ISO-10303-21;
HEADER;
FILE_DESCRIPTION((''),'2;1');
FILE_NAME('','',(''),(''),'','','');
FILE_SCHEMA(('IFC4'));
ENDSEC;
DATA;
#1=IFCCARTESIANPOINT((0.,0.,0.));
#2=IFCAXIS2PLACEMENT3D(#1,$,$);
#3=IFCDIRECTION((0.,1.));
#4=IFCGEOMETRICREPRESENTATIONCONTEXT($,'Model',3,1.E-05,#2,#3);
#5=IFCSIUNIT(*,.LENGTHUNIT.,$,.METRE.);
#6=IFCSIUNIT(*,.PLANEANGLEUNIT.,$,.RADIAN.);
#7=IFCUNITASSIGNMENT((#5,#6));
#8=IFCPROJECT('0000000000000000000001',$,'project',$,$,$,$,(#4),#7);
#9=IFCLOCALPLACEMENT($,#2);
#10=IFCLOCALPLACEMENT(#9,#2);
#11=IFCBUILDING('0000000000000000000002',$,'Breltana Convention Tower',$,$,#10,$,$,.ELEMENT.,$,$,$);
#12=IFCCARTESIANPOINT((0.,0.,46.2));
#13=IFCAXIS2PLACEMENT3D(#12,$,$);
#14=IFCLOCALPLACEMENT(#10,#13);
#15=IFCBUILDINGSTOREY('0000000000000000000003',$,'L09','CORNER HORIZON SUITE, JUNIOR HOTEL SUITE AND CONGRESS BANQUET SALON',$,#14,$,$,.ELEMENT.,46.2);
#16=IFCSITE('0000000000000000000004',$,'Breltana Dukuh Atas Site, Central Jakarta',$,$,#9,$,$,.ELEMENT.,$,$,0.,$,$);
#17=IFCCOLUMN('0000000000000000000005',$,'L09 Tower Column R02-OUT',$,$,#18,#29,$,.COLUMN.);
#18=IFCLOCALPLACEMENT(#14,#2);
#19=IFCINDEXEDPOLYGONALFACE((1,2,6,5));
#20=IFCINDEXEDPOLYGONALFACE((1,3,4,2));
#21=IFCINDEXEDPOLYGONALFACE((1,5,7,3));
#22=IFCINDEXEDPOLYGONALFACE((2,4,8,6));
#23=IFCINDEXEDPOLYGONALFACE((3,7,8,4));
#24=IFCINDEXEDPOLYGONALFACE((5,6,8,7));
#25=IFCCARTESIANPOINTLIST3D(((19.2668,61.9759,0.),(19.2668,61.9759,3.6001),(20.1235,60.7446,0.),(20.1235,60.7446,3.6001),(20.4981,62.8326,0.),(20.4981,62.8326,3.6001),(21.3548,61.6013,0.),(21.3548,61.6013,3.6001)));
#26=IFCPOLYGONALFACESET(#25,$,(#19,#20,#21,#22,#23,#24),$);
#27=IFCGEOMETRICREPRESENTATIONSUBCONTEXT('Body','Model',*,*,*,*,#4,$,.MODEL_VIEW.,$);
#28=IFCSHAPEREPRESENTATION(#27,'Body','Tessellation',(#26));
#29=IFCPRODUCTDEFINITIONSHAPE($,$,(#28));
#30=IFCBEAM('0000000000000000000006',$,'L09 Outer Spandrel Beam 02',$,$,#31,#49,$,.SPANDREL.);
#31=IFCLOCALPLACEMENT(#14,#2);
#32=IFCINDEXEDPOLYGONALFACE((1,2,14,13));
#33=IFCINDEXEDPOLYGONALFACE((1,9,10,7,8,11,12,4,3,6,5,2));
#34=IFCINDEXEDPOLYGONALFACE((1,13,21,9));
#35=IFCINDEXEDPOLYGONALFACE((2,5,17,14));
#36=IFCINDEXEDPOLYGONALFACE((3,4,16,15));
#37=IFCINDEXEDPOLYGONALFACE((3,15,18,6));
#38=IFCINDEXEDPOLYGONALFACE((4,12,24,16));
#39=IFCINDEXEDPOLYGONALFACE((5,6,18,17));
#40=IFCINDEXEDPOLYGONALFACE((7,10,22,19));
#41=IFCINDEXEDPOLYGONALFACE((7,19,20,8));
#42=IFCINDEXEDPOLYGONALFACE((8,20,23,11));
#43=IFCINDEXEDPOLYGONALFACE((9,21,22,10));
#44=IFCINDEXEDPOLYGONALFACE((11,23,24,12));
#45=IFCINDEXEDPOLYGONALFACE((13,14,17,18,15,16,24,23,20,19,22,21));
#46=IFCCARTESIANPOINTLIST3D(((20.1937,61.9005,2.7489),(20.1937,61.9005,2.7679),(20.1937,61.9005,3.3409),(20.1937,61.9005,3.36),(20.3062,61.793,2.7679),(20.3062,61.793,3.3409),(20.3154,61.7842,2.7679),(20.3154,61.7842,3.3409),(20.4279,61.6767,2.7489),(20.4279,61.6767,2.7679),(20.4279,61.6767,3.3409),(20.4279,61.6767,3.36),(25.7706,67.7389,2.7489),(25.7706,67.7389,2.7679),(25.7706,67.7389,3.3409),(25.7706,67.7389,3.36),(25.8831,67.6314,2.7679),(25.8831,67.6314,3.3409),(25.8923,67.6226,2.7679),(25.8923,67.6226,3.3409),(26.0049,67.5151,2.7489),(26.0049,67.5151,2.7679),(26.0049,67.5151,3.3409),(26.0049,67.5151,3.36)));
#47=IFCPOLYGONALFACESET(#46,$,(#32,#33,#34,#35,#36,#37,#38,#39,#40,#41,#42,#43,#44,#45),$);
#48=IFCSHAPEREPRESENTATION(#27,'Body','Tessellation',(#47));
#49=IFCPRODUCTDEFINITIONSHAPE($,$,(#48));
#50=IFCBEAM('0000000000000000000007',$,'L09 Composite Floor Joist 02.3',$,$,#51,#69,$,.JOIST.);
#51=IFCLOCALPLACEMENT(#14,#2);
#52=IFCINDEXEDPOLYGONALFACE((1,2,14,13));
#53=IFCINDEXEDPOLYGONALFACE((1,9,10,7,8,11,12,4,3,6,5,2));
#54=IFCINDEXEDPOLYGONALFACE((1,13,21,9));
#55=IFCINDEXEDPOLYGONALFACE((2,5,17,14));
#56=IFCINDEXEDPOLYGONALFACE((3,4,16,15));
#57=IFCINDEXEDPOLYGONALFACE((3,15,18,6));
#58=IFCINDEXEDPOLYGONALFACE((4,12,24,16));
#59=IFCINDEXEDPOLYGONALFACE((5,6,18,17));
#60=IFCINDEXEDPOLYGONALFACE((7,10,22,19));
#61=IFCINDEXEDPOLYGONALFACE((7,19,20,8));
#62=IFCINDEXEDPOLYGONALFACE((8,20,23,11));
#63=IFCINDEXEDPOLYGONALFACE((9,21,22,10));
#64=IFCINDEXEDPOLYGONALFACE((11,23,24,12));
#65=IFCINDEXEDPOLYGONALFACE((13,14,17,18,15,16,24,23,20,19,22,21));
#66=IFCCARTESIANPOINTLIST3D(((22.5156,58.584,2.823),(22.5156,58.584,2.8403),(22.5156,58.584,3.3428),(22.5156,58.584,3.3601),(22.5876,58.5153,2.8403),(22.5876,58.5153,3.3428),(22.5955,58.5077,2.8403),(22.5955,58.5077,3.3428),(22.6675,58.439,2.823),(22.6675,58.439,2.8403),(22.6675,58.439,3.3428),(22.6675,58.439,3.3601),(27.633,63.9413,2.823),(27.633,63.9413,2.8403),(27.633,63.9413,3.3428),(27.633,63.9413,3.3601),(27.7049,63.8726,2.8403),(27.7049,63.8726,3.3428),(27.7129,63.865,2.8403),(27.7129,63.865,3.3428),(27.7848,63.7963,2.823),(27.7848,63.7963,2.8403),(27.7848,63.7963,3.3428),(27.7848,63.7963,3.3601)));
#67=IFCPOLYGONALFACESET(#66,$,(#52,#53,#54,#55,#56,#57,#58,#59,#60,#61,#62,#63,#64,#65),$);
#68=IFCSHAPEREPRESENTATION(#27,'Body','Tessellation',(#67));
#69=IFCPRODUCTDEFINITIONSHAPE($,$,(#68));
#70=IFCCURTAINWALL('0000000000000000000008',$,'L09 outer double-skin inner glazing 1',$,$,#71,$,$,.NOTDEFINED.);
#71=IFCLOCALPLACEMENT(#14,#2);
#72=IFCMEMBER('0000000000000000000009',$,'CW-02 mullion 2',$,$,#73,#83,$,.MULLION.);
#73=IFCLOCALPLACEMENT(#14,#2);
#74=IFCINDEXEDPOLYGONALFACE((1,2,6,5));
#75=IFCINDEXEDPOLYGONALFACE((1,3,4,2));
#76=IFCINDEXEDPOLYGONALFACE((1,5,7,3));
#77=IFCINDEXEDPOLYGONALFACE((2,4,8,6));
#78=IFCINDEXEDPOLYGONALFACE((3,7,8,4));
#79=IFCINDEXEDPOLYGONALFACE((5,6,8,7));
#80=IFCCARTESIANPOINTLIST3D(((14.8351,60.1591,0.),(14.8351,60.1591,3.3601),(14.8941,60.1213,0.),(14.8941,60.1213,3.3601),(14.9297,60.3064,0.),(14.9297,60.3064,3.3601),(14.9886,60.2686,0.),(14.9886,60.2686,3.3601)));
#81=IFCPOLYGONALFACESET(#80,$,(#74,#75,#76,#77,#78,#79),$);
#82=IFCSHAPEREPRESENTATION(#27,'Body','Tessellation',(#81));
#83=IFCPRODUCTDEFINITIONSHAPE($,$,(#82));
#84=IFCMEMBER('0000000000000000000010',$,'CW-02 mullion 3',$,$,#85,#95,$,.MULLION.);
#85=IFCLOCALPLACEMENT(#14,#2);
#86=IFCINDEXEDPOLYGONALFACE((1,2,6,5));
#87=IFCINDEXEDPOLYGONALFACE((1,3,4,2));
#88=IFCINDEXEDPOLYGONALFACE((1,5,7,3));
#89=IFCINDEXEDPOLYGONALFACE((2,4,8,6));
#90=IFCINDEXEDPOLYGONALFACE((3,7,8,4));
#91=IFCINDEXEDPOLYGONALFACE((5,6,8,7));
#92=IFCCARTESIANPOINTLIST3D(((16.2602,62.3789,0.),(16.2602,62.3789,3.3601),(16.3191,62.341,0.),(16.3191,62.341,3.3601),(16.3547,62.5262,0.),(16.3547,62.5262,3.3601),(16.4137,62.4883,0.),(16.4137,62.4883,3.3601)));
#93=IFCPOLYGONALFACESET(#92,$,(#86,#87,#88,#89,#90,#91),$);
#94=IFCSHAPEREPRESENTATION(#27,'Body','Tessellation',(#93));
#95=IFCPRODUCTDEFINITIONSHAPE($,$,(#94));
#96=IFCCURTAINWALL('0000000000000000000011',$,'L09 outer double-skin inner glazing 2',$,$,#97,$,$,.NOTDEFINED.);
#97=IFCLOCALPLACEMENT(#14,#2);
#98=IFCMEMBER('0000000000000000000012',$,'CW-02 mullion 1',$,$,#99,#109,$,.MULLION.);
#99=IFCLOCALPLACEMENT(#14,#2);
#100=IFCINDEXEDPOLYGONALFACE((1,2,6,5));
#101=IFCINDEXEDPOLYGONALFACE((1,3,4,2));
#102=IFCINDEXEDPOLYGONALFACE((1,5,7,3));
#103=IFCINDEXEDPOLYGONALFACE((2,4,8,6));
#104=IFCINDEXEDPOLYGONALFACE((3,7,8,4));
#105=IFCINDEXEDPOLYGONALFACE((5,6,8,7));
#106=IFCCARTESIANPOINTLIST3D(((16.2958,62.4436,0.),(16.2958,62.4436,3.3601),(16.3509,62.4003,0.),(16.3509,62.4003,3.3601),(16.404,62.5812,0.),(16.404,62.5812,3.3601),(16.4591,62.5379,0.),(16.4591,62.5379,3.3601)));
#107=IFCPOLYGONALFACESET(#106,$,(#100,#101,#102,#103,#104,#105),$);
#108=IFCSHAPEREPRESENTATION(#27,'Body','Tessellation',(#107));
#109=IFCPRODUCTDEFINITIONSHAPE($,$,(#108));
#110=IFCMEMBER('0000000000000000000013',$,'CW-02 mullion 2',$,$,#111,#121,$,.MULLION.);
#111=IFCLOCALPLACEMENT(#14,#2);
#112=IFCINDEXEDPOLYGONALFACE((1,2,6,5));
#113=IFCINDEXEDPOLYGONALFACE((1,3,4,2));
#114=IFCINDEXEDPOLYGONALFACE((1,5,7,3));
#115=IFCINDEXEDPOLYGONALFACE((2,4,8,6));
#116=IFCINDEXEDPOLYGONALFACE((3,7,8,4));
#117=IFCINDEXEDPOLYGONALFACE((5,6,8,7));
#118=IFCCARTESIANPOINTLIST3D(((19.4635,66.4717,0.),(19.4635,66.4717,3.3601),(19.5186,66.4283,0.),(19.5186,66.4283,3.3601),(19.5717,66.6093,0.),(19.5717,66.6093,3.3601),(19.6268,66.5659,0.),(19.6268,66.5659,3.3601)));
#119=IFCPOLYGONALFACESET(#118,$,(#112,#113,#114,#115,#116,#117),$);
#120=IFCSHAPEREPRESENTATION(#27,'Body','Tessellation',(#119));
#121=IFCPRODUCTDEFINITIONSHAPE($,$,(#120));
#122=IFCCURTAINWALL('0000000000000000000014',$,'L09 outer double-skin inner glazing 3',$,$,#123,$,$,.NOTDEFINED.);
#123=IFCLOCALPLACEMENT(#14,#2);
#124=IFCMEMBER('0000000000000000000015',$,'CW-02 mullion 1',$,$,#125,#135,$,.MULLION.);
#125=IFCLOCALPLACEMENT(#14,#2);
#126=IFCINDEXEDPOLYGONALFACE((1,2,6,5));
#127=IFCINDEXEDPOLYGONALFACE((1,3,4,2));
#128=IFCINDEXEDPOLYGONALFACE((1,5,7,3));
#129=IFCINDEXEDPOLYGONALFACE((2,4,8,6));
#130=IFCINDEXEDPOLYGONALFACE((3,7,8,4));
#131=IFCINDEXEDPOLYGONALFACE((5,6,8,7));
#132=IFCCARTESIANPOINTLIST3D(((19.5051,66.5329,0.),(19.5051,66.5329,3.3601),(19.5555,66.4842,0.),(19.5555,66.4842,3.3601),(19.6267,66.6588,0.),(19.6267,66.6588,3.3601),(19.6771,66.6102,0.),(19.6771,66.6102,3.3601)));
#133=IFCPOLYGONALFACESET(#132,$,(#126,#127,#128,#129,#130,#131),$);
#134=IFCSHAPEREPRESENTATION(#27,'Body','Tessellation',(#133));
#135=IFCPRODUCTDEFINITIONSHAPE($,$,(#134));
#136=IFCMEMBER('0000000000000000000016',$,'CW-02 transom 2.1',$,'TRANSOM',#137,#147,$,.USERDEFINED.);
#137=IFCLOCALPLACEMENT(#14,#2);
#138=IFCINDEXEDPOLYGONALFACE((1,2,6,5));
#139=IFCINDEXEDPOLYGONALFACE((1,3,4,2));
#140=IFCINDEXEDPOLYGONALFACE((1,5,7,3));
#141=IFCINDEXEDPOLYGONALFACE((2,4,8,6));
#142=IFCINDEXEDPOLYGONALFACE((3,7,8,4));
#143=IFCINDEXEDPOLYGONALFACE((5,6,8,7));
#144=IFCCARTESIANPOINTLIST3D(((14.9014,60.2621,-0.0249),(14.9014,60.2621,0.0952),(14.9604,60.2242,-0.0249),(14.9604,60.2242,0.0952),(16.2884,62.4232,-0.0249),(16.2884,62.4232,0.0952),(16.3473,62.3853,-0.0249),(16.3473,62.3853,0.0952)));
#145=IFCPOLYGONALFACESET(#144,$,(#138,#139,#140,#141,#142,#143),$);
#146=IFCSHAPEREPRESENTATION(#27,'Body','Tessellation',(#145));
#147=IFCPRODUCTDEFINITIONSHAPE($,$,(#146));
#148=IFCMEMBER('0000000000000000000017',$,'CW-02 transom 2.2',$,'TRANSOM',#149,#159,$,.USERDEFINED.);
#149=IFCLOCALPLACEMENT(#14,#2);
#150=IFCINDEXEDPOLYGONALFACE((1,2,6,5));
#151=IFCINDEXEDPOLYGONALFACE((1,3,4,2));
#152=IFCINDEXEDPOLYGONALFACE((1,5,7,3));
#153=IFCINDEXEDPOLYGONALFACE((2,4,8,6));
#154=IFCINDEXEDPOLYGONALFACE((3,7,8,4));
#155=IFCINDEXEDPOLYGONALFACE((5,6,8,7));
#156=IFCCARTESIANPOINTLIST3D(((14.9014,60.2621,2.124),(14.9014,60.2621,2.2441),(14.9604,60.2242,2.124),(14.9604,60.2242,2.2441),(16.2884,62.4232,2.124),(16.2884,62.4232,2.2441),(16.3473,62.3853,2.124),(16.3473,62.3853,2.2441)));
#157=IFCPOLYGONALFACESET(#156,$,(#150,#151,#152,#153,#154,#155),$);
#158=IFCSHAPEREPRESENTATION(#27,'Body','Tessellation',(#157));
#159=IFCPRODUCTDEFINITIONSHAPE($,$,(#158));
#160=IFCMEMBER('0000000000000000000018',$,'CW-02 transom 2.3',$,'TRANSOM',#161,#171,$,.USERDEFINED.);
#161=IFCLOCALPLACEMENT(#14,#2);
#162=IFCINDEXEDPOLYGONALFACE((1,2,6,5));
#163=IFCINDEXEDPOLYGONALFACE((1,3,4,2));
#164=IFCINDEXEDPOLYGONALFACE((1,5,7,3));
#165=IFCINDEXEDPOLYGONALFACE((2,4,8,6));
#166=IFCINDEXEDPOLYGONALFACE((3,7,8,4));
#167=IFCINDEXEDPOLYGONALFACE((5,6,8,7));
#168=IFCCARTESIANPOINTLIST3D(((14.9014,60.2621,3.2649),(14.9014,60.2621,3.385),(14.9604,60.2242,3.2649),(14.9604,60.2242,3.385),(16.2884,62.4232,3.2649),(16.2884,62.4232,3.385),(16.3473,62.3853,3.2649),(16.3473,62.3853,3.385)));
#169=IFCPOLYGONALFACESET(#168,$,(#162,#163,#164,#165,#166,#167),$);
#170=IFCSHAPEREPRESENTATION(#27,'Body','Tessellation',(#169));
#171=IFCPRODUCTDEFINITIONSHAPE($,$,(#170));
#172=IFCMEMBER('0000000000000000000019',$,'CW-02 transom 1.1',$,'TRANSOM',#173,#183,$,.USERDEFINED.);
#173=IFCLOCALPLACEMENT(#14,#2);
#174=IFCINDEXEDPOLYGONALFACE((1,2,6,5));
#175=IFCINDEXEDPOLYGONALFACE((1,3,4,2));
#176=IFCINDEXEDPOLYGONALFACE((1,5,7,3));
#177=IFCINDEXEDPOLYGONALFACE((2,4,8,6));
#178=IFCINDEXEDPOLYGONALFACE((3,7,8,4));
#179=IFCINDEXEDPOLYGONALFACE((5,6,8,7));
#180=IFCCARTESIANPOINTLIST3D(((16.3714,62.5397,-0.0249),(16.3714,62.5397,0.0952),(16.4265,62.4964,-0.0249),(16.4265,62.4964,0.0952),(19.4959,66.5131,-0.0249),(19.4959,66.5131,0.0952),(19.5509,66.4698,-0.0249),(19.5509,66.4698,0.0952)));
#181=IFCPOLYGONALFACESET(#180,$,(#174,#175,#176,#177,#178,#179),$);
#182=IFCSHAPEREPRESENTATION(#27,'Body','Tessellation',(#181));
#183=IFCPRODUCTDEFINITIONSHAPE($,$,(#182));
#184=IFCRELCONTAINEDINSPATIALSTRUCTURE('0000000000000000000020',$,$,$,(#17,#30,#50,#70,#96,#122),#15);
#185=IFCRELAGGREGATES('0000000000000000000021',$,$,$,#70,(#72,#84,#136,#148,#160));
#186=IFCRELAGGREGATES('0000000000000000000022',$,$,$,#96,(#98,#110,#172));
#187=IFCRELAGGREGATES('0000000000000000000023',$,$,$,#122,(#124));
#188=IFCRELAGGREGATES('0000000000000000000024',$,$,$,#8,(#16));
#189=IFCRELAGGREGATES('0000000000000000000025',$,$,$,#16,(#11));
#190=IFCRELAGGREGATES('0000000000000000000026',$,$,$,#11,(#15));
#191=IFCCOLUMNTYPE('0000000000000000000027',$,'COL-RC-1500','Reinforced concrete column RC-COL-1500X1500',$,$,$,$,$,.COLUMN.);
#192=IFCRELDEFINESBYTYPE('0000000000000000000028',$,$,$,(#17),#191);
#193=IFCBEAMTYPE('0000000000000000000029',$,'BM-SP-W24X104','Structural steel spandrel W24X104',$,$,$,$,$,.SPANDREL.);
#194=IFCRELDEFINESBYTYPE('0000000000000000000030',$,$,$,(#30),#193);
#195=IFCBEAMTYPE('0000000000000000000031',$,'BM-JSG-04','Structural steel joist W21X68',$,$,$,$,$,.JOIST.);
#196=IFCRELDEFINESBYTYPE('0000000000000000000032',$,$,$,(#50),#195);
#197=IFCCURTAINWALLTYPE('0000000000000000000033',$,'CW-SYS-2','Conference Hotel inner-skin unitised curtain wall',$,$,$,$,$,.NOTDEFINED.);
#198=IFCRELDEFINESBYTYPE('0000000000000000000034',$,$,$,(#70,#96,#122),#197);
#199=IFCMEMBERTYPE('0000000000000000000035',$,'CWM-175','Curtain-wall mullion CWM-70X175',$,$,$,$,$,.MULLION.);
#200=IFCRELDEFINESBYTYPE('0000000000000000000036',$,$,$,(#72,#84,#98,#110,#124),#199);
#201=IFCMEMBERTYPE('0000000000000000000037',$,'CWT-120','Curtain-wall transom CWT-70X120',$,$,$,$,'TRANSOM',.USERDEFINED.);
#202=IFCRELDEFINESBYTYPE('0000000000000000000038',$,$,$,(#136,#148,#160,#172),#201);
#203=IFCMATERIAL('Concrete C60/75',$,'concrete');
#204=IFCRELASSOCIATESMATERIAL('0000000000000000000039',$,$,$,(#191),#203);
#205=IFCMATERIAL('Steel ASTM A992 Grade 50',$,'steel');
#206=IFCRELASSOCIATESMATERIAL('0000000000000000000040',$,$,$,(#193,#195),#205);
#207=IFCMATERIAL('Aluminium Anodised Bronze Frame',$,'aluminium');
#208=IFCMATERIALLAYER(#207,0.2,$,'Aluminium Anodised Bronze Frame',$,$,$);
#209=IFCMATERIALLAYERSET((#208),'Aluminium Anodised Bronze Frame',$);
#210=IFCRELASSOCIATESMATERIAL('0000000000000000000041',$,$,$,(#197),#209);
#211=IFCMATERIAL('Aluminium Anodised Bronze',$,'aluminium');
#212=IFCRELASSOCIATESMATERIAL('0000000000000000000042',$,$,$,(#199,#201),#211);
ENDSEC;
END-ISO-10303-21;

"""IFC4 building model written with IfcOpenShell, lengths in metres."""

from ifc_helpers import new_model, si_unit, direction, frame, origin, origin_2d, place, context, subcontext, project, spatial, rectangle, i_section, extrude, source, transform, mapped, material, layer, layer_set, material_profile, profile_set, type_object, type_shapes, element, aggregate, save


model = new_model("IFC4")

# Units and contexts
model_context = context("Model", 3, precision=1e-05, world=origin(), true_north=direction((0.0, 1.0)))
body_context = subcontext(model_context, "Body", "Model", "MODEL_VIEW")
ifc_project = project(units=[si_unit("LENGTHUNIT", "METRE"), si_unit("PLANEANGLEUNIT", "RADIAN")], contexts=[model_context])

# Site, building, storey
site_placement = place(None, origin())
site = spatial("IfcSite", under=ifc_project, at=site_placement, Name="Breltana Dukuh Atas Site, Central Jakarta", CompositionType="ELEMENT", RefElevation=0.0)
building_placement = place(site_placement, origin())
building = spatial("IfcBuilding", under=site, at=building_placement, Name="Breltana Convention Tower", CompositionType="ELEMENT")
storey_placement = place(building_placement, frame((0.0, 0.0, 46.2)))
storey = spatial("IfcBuildingStorey", under=building, at=storey_placement, Name="L09", Description="CORNER HORIZON SUITE, JUNIOR HOTEL SUITE AND CONGRESS BANQUET SALON", CompositionType="ELEMENT", Elevation=46.2)

# Column
ifc_material_1 = material(Name="Concrete C60/75", Category="concrete")
ifc_material_profile_1 = material_profile(ifc_material_1, rectangle(XDim=1.5, YDim=1.5, at=origin_2d()), Name="RC-COL-1500X1500")
ifc_profile_set_1 = profile_set([ifc_material_profile_1], Name="Concrete C60/75")
column_type = type_object("IfcColumnType", Name="COL-RC-1500", Description="Reinforced concrete column RC-COL-1500X1500", PredefinedType="COLUMN", material=ifc_profile_set_1)
shared_shape_1 = source(origin(), body_context, "Body", "SweptSolid", [
    extrude(rectangle(XDim=1.5, YDim=1.5, at=origin_2d()), origin(), (0.0, 0.0, 1.0), 3.6001),
])
column_placement = place(storey_placement, frame((20.3108, 61.7886, 0.0), z_axis=(0.0, 0.0, 1.0), x_axis=(-0.571143, 0.82085, 0.0)))
element("IfcColumn", 1, at=column_placement, inside=storey, type_object=column_type, Name="L09 Tower Column R02-OUT", PredefinedType="COLUMN", context=body_context, shape_type="MappedRepresentation", body=[
    mapped(shared_shape_1, transform((0.0, 0.0, 0.0), scale=1.0)),
])

# Beams
ifc_material_2 = material(Name="Steel ASTM A992 Grade 50", Category="steel")
ifc_material_profile_2 = material_profile(ifc_material_2, i_section(OverallWidth=0.324, OverallDepth=0.6111, WebThickness=0.0127, FlangeThickness=0.019, at=origin_2d()), Name="W24X104")
ifc_profile_set_2 = profile_set([ifc_material_profile_2], Name="Steel ASTM A992 Grade 50")
beam_type_1 = type_object("IfcBeamType", Name="BM-SP-W24X104", Description="Structural steel spandrel W24X104", PredefinedType="SPANDREL", material=ifc_profile_set_2)
shared_shape_2 = source(origin(), body_context, "Body", "SweptSolid", [
    extrude(i_section(OverallWidth=0.324, OverallDepth=0.6111, WebThickness=0.0127, FlangeThickness=0.019, at=origin_2d()), origin(), (0.0, 0.0, 1.0), 8.074),
])
beam_1_placement = place(storey_placement, frame((20.3108, 61.7886, 3.0544), z_axis=(0.690729, 0.723114, 0.0), x_axis=(-0.723114, 0.690729, 0.0)))
element("IfcBeam", 2, at=beam_1_placement, inside=storey, type_object=beam_type_1, Name="L09 Outer Spandrel Beam 02", PredefinedType="SPANDREL", context=body_context, shape_type="MappedRepresentation", body=[
    mapped(shared_shape_2, transform((0.0, 0.0, 0.0), scale=1.0)),
])
ifc_material_profile_3 = material_profile(ifc_material_2, i_section(OverallWidth=0.21, OverallDepth=0.5371, WebThickness=0.011, FlangeThickness=0.0173, at=origin_2d()), Name="W21X68")
ifc_profile_set_3 = profile_set([ifc_material_profile_3], Name="Steel ASTM A992 Grade 50")
beam_type_2 = type_object("IfcBeamType", Name="BM-JSG-04", Description="Structural steel joist W21X68", PredefinedType="JOIST", material=ifc_profile_set_3)
shared_shape_3 = source(origin(), body_context, "Body", "SweptSolid", [
    extrude(i_section(OverallWidth=0.21, OverallDepth=0.5371, WebThickness=0.011, FlangeThickness=0.0173, at=origin_2d()), origin(), (0.0, 0.0, 1.0), 7.4087),
])
beam_2_placement = place(storey_placement, frame((22.5916, 58.5115, 3.0916), z_axis=(0.690725, 0.723118, 0.0), x_axis=(-0.723118, 0.690725, 0.0)))
element("IfcBeam", 3, at=beam_2_placement, inside=storey, type_object=beam_type_2, Name="L09 Composite Floor Joist 02.3", PredefinedType="JOIST", context=body_context, shape_type="MappedRepresentation", body=[
    mapped(shared_shape_3, transform((0.0, 0.0, 0.0), scale=1.0)),
])

# Curtain walls, members
ifc_material_3 = material(Name="Aluminium Anodised Bronze Frame", Category="aluminium")
ifc_layer_1 = layer(ifc_material_3, 0.2, Name="Aluminium Anodised Bronze Frame")
ifc_layer_set_1 = layer_set([ifc_layer_1], Name="Aluminium Anodised Bronze Frame")
curtain_wall_type = type_object("IfcCurtainWallType", Name="CW-SYS-2", Description="Conference Hotel inner-skin unitised curtain wall", PredefinedType="NOTDEFINED", material=ifc_layer_set_1)
curtain_wall_1_placement = place(storey_placement, origin())
curtain_wall_1 = element("IfcCurtainWall", 4, at=curtain_wall_1_placement, inside=storey, type_object=curtain_wall_type, Name="L09 outer double-skin inner glazing 1", PredefinedType="NOTDEFINED")
ifc_material_4 = material(Name="Aluminium Anodised Bronze", Category="aluminium")
ifc_material_profile_4 = material_profile(ifc_material_4, rectangle(XDim=0.0701, YDim=0.175, at=origin_2d()), Name="CWM-70X175")
ifc_profile_set_4 = profile_set([ifc_material_profile_4], Name="Aluminium Anodised Bronze")
member_type_1 = type_object("IfcMemberType", Name="CWM-175", Description="Curtain-wall mullion CWM-70X175", PredefinedType="MULLION", material=ifc_profile_set_4)
shared_shape_4 = source(origin(), body_context, "Body", "SweptSolid", [
    extrude(rectangle(XDim=0.0701, YDim=0.175, at=origin_2d()), origin(), (0.0, 0.0, 1.0), 3.3601),
])
type_shapes(member_type_1, [shared_shape_4])
member_1_placement = place(storey_placement, frame((14.9119, 60.2139, 0.0), z_axis=(0.0, 0.0, 1.0), x_axis=(-0.841549, 0.540181, 0.0)))
member_1 = element("IfcMember", 5, at=member_1_placement, type_object=member_type_1, Name="CW-02 mullion 2", PredefinedType="MULLION", context=body_context, shape_type="MappedRepresentation", body=[
    mapped(shared_shape_4, transform((0.0, 0.0, 0.0), scale=1.0)),
])
member_2_placement = place(storey_placement, frame((16.3369, 62.4336, 0.0), z_axis=(0.0, 0.0, 1.0), x_axis=(-0.841549, 0.540181, 0.0)))
member_2 = element("IfcMember", 6, at=member_2_placement, type_object=member_type_1, Name="CW-02 mullion 3", PredefinedType="MULLION", context=body_context, shape_type="MappedRepresentation", body=[
    mapped(shared_shape_4, transform((0.0, 0.0, 0.0), scale=1.0)),
])
curtain_wall_2_placement = place(storey_placement, origin())
curtain_wall_2 = element("IfcCurtainWall", 7, at=curtain_wall_2_placement, inside=storey, type_object=curtain_wall_type, Name="L09 outer double-skin inner glazing 2", PredefinedType="NOTDEFINED")
member_3_placement = place(storey_placement, frame((16.3774, 62.4907, 0.0), z_axis=(0.0, 0.0, 1.0), x_axis=(-0.786057, 0.618154, 0.0)))
member_3 = element("IfcMember", 8, at=member_3_placement, type_object=member_type_1, Name="CW-02 mullion 1", PredefinedType="MULLION", context=body_context, shape_type="MappedRepresentation", body=[
    mapped(shared_shape_4, transform((0.0, 0.0, 0.0), scale=1.0)),
])
member_4_placement = place(storey_placement, frame((19.5452, 66.5188, 0.0), z_axis=(0.0, 0.0, 1.0), x_axis=(-0.786057, 0.618154, 0.0)))
member_4 = element("IfcMember", 9, at=member_4_placement, type_object=member_type_1, Name="CW-02 mullion 2", PredefinedType="MULLION", context=body_context, shape_type="MappedRepresentation", body=[
    mapped(shared_shape_4, transform((0.0, 0.0, 0.0), scale=1.0)),
])

# Curtain wall, member
curtain_wall_3_placement = place(storey_placement, origin())
curtain_wall_3 = element("IfcCurtainWall", 10, at=curtain_wall_3_placement, inside=storey, type_object=curtain_wall_type, Name="L09 outer double-skin inner glazing 3", PredefinedType="NOTDEFINED")
member_5_placement = place(storey_placement, frame((19.5911, 66.5715, 0.0), z_axis=(0.0, 0.0, 1.0), x_axis=(-0.719386, 0.69461, 0.0)))
member_5 = element("IfcMember", 11, at=member_5_placement, type_object=member_type_1, Name="CW-02 mullion 1", PredefinedType="MULLION", context=body_context, shape_type="MappedRepresentation", body=[
    mapped(shared_shape_4, transform((0.0, 0.0, 0.0), scale=1.0)),
])

# Members
ifc_material_profile_5 = material_profile(ifc_material_4, rectangle(XDim=0.0701, YDim=0.1201, at=origin_2d()), Name="CWT-70X120")
ifc_profile_set_5 = profile_set([ifc_material_profile_5], Name="Aluminium Anodised Bronze")
member_type_2 = type_object("IfcMemberType", Name="CWT-120", Description="Curtain-wall transom CWT-70X120", ElementType="TRANSOM", PredefinedType="USERDEFINED", material=ifc_profile_set_5)
shared_shape_5 = source(origin(), body_context, "Body", "SweptSolid", [
    extrude(rectangle(XDim=0.0701, YDim=0.1201, at=origin_2d()), origin(), (0.0, 0.0, 1.0), 2.5679),
])
type_shapes(member_type_2, [shared_shape_5])
member_6_placement = place(storey_placement, frame((14.9309, 60.2432, 0.0352), z_axis=(0.540114, 0.841592, 0.0), x_axis=(-0.841592, 0.540114, 0.0)))
member_6 = element("IfcMember", 12, at=member_6_placement, type_object=member_type_2, Name="CW-02 transom 2.1", ObjectType="TRANSOM", PredefinedType="USERDEFINED", context=body_context, shape_type="MappedRepresentation", body=[
    mapped(shared_shape_5, transform((0.0, 0.0, 0.0), scale=1.0)),
])
member_7_placement = place(storey_placement, frame((14.9309, 60.2432, 2.1841), z_axis=(0.540114, 0.841592, 0.0), x_axis=(-0.841592, 0.540114, 0.0)))
member_7 = element("IfcMember", 13, at=member_7_placement, type_object=member_type_2, Name="CW-02 transom 2.2", ObjectType="TRANSOM", PredefinedType="USERDEFINED", context=body_context, shape_type="MappedRepresentation", body=[
    mapped(shared_shape_5, transform((0.0, 0.0, 0.0), scale=1.0)),
])
member_8_placement = place(storey_placement, frame((14.9309, 60.2432, 3.325), z_axis=(0.540114, 0.841592, 0.0), x_axis=(-0.841592, 0.540114, 0.0)))
member_8 = element("IfcMember", 14, at=member_8_placement, type_object=member_type_2, Name="CW-02 transom 2.3", ObjectType="TRANSOM", PredefinedType="USERDEFINED", context=body_context, shape_type="MappedRepresentation", body=[
    mapped(shared_shape_5, transform((0.0, 0.0, 0.0), scale=1.0)),
])
shared_shape_6 = source(origin(), body_context, "Body", "SweptSolid", [
    extrude(rectangle(XDim=0.0701, YDim=0.1201, at=origin_2d()), origin(), (0.0, 0.0, 1.0), 5.0547),
])
member_9_placement = place(storey_placement, frame((16.3989, 62.5181, 0.0352), z_axis=(0.618135, 0.786072, 0.0), x_axis=(-0.786072, 0.618135, 0.0)))
member_9 = element("IfcMember", 15, at=member_9_placement, type_object=member_type_2, Name="CW-02 transom 1.1", ObjectType="TRANSOM", PredefinedType="USERDEFINED", context=body_context, shape_type="MappedRepresentation", body=[
    mapped(shared_shape_6, transform((0.0, 0.0, 0.0), scale=1.0)),
])

aggregate(curtain_wall_1, [member_1, member_2, member_6, member_7, member_8])
aggregate(curtain_wall_2, [member_3, member_4, member_9])
aggregate(curtain_wall_3, [member_5])

save(model, "model.ifc")
